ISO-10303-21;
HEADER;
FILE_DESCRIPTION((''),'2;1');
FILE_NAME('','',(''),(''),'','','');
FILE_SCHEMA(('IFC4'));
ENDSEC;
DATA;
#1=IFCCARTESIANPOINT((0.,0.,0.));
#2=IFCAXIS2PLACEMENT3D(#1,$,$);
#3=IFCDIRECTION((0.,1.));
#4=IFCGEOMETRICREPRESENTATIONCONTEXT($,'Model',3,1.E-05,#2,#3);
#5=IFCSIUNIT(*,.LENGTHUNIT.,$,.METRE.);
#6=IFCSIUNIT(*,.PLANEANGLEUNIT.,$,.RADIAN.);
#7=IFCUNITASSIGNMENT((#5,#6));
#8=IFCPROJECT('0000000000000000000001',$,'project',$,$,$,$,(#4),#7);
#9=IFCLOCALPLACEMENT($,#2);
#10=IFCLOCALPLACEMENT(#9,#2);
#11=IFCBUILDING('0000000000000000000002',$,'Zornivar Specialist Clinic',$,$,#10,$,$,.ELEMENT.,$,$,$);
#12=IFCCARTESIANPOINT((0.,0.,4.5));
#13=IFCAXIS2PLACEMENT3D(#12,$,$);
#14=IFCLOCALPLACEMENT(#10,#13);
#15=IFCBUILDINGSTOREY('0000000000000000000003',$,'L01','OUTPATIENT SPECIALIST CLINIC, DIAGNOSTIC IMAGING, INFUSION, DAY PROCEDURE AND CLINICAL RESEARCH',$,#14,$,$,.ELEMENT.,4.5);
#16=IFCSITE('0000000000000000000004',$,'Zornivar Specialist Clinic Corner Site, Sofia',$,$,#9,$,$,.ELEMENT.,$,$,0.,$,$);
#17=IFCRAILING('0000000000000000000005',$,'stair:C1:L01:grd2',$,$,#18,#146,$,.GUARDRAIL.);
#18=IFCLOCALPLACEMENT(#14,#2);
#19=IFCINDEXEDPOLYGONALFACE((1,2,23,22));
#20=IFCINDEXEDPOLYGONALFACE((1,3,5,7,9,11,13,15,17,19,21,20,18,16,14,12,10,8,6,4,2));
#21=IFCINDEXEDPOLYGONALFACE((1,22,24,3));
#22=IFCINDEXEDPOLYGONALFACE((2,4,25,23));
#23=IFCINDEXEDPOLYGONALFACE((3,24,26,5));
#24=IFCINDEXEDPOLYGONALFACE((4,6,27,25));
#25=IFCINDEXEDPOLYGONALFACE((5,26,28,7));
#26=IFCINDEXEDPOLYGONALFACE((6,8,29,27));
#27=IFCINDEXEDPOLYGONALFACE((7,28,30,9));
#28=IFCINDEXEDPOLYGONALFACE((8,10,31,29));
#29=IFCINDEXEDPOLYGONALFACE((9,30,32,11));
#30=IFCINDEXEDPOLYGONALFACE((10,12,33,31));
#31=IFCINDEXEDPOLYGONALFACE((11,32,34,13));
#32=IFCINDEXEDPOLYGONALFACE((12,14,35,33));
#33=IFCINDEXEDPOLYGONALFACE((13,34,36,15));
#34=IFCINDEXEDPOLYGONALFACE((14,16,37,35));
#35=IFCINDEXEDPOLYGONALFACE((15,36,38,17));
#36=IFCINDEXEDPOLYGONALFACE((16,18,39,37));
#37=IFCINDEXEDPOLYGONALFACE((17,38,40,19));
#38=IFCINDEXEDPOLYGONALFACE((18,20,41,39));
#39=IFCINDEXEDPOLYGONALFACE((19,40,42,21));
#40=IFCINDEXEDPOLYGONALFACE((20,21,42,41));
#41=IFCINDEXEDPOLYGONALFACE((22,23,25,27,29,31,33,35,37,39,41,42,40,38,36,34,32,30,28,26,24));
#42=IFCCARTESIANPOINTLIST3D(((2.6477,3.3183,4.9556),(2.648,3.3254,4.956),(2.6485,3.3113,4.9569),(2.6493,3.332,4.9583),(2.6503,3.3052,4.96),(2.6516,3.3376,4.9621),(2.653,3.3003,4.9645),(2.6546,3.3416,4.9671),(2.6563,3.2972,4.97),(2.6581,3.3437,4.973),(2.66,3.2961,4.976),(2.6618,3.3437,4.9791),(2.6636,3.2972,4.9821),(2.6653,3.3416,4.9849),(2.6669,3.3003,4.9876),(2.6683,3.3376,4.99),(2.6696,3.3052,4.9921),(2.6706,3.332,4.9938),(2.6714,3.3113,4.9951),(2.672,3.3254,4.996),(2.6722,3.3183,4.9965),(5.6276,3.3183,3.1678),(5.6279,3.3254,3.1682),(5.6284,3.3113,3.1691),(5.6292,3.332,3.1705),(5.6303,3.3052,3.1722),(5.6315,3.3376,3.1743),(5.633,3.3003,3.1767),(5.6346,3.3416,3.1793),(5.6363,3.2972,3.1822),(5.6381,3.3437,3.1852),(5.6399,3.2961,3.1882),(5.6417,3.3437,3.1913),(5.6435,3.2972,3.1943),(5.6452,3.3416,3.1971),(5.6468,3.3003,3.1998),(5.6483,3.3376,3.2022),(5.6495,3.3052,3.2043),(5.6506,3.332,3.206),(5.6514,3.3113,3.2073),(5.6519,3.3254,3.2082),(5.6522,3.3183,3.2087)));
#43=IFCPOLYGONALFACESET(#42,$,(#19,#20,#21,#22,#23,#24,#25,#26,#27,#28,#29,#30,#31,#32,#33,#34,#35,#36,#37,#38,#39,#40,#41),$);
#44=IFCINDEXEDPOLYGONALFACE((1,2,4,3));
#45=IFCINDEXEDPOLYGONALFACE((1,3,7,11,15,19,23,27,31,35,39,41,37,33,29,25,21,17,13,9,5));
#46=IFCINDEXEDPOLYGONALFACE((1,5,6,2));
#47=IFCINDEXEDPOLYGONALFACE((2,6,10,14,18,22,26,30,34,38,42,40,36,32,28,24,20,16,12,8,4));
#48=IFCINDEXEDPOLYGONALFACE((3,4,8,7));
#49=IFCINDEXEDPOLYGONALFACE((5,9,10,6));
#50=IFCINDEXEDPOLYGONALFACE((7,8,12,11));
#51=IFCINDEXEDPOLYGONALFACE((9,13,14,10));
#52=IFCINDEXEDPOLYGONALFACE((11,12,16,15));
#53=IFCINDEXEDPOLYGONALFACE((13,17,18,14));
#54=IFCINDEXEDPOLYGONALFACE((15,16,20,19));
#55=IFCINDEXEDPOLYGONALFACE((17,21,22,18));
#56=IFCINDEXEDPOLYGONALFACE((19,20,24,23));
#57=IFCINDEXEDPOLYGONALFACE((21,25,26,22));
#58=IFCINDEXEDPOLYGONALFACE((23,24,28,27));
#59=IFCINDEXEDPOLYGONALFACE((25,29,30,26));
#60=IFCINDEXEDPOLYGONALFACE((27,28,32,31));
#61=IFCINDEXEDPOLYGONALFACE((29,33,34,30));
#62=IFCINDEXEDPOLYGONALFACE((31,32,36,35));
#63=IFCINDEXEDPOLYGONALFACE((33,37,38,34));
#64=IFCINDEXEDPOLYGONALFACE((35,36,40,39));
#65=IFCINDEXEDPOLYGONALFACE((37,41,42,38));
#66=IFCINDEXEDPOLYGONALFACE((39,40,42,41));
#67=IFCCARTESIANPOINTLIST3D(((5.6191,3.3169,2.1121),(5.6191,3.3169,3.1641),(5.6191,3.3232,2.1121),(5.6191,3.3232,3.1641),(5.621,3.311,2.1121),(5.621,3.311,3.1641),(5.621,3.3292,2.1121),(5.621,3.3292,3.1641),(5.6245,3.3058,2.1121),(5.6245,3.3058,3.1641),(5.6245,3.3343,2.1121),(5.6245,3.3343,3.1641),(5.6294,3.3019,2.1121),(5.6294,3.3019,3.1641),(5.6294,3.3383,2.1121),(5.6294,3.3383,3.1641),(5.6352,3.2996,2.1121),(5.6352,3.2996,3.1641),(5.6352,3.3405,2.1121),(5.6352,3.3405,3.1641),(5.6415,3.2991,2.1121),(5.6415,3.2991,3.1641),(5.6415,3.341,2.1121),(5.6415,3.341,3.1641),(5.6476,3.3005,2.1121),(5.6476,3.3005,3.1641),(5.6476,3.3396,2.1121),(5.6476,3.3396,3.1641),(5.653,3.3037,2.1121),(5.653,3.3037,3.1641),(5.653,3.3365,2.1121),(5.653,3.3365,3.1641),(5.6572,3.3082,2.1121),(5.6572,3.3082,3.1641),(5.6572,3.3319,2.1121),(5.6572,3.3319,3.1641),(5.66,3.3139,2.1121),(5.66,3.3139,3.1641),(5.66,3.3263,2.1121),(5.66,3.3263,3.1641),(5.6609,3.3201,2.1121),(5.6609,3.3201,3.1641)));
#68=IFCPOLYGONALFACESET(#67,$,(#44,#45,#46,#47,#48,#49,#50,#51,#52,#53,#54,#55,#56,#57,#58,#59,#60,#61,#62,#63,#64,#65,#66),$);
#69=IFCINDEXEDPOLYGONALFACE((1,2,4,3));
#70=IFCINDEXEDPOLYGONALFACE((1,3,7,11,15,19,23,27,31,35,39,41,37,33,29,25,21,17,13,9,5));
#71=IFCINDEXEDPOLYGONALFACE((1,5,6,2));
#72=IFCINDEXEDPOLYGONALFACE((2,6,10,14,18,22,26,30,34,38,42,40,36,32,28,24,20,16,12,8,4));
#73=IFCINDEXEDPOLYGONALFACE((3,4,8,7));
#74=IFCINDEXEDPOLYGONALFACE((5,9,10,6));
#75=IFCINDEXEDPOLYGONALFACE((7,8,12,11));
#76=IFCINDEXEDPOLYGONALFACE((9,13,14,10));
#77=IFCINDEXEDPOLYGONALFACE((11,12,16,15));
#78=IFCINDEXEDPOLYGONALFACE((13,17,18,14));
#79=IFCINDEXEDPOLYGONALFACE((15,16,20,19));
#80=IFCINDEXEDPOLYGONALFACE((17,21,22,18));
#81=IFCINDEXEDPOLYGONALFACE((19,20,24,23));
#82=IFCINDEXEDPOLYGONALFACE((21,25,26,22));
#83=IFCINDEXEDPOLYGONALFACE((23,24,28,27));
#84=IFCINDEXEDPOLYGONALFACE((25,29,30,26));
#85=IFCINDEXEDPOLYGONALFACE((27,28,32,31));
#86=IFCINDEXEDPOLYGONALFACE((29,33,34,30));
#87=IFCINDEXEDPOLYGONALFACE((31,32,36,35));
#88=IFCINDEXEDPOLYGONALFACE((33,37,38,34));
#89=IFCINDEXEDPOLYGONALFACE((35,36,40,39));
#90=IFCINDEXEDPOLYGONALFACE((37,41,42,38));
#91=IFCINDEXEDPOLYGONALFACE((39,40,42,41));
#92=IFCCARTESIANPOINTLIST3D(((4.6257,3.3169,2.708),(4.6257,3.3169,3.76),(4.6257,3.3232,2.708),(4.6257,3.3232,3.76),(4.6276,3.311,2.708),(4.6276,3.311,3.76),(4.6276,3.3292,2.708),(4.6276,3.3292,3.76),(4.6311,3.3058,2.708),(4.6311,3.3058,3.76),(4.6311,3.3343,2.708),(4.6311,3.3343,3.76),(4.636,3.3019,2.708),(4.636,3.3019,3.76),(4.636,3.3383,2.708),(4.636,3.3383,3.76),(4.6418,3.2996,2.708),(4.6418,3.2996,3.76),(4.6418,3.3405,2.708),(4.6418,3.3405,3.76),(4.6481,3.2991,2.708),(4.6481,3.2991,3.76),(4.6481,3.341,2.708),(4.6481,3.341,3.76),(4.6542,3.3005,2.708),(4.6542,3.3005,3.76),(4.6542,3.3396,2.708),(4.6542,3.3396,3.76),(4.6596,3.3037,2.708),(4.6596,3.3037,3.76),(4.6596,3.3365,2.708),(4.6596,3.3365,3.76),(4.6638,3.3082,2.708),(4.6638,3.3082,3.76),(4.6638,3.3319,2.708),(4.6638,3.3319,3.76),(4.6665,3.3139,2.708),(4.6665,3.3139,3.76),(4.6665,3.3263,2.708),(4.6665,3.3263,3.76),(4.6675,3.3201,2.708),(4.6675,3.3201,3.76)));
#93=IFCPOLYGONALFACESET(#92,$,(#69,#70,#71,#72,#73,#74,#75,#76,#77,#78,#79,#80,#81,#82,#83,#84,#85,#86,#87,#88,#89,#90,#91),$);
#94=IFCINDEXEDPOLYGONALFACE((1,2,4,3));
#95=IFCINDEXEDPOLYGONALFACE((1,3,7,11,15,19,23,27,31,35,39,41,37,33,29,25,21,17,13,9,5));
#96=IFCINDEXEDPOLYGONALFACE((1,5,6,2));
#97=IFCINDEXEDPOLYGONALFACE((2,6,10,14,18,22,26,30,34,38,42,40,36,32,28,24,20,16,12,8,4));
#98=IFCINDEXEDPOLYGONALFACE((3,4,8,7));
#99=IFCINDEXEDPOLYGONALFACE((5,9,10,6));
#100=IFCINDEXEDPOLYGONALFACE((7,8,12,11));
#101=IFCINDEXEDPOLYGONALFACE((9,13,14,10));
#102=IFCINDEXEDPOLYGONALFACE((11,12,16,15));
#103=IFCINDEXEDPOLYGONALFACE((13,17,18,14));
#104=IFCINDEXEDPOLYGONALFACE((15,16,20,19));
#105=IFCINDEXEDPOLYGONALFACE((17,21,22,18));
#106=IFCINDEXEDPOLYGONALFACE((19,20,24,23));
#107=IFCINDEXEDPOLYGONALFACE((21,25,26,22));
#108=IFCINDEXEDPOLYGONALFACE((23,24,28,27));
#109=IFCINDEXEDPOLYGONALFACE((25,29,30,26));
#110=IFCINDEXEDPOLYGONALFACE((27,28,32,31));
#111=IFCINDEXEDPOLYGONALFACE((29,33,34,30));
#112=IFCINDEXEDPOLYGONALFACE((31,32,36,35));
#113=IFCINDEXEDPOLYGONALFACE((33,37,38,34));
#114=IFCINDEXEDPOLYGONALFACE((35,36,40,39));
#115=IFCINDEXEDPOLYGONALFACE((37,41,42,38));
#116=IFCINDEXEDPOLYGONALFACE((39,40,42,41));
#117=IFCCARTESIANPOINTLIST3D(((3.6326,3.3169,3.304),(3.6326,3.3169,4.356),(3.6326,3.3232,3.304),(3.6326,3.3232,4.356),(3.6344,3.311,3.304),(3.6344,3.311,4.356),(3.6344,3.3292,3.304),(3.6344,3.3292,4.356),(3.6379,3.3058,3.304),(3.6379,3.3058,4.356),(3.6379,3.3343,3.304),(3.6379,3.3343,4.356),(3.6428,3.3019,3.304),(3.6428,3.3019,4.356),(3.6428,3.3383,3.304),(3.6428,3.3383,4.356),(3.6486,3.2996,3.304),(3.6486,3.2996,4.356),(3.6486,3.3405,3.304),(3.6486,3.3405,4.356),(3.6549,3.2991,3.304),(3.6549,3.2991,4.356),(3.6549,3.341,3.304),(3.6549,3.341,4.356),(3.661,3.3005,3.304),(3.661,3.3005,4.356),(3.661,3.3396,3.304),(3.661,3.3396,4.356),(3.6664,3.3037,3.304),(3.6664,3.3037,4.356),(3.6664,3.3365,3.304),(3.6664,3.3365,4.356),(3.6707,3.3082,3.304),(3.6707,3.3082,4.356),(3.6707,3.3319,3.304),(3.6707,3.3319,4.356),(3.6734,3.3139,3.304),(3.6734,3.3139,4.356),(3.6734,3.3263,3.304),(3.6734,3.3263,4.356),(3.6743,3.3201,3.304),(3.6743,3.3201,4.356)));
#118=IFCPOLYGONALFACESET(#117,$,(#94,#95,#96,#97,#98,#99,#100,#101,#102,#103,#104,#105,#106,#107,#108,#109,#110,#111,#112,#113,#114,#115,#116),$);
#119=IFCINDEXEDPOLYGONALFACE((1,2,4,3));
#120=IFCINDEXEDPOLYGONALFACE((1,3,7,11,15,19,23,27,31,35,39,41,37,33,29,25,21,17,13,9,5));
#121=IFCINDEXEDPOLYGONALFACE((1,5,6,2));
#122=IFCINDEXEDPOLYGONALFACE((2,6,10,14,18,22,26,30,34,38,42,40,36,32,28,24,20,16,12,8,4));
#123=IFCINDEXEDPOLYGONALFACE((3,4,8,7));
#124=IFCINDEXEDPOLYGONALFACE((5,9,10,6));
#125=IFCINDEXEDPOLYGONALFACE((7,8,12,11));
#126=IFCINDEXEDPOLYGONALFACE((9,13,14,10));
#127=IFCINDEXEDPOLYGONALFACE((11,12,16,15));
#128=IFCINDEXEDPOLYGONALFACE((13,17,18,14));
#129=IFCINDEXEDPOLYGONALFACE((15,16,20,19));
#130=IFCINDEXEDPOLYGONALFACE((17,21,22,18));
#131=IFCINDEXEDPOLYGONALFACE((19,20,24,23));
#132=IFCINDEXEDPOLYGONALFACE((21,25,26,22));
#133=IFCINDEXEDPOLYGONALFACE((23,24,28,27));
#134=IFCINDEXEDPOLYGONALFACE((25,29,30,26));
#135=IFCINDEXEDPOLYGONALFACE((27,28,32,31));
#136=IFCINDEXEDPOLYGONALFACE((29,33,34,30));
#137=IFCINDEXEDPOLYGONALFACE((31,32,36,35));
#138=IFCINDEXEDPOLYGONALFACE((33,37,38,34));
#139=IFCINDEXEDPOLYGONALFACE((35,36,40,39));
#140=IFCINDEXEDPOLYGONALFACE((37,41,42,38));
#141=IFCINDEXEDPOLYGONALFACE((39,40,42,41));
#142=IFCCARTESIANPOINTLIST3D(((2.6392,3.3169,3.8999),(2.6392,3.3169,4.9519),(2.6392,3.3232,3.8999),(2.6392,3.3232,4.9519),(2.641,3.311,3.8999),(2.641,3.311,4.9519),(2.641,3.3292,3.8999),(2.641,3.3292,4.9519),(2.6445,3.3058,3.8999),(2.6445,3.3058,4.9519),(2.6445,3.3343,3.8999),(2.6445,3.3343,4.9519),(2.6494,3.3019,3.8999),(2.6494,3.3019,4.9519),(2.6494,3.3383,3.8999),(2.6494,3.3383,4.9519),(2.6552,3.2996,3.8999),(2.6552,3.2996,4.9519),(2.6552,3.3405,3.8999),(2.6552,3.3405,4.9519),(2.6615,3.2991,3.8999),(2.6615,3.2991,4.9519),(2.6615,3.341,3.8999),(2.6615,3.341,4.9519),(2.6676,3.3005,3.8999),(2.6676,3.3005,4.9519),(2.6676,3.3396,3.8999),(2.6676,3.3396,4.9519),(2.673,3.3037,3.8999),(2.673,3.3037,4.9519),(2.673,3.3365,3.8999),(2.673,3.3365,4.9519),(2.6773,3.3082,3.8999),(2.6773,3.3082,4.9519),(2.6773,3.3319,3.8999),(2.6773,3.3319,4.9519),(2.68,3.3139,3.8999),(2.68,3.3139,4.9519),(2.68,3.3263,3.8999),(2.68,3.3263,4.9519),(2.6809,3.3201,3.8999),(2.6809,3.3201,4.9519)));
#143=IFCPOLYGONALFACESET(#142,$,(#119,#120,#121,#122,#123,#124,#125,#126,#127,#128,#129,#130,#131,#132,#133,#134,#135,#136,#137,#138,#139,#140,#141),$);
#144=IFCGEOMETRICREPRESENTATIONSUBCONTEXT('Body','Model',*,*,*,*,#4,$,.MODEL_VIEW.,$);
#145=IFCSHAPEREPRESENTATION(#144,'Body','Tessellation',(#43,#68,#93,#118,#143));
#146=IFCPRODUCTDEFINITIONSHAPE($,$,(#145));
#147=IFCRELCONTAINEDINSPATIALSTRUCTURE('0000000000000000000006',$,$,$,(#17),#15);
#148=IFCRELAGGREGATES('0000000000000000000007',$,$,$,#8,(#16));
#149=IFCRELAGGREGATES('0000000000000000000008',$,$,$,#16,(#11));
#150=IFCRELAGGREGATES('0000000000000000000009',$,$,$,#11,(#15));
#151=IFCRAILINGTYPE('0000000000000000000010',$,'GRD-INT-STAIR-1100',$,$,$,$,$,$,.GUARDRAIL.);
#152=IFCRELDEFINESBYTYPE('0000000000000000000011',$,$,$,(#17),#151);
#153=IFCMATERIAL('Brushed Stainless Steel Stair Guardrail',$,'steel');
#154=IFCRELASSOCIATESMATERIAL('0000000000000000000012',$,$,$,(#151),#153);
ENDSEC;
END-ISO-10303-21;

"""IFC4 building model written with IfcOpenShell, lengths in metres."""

from ifc_helpers import new_model, si_unit, direction, frame, origin, origin_2d, place, context, subcontext, project, spatial, circle, extrude, material, type_object, element, save


model = new_model("IFC4")

# Units and contexts
model_context = context("Model", 3, precision=1e-05, world=origin(), true_north=direction((0.0, 1.0)))
body_context = subcontext(model_context, "Body", "Model", "MODEL_VIEW")
ifc_project = project(units=[si_unit("LENGTHUNIT", "METRE"), si_unit("PLANEANGLEUNIT", "RADIAN")], contexts=[model_context])

# Site, building, storey
site_placement = place(None, origin())
site = spatial("IfcSite", under=ifc_project, at=site_placement, Name="Zornivar Specialist Clinic Corner Site, Sofia", CompositionType="ELEMENT", RefElevation=0.0)
building_placement = place(site_placement, origin())
building = spatial("IfcBuilding", under=site, at=building_placement, Name="Zornivar Specialist Clinic", CompositionType="ELEMENT")
storey_placement = place(building_placement, frame((0.0, 0.0, 4.5)))
storey = spatial("IfcBuildingStorey", under=building, at=storey_placement, Name="L01", Description="OUTPATIENT SPECIALIST CLINIC, DIAGNOSTIC IMAGING, INFUSION, DAY PROCEDURE AND CLINICAL RESEARCH", CompositionType="ELEMENT", Elevation=4.5)

# Railing
ifc_material_1 = material(Name="Brushed Stainless Steel Stair Guardrail", Category="steel")
railing_type_1 = type_object("IfcRailingType", Name="GRD-INT-STAIR-1100", PredefinedType="GUARDRAIL", material=ifc_material_1)
railing_1_placement = place(storey_placement, frame((5.6399, 3.3201, 2.1121)))
element("IfcRailing", 1, at=railing_1_placement, inside=storey, type_object=railing_type_1, Name="stair:C1:L01:grd2", PredefinedType="GUARDRAIL", context=body_context, shape_type="SweptSolid", body=[
    extrude(circle(Radius=0.0239, at=origin_2d()), frame((0.0, 0.0, 1.0762), z_axis=(-0.857512, 0.0, 0.514465), x_axis=(0.0, -1.0, 0.0)), (0.0, 0.0, 1.0), 3.4751),
    extrude(circle(Radius=0.021, at=origin_2d()), origin(), (0.0, 0.0, 1.0), 1.052),
    extrude(circle(Radius=0.021, at=origin_2d()), frame((-0.9934, 0.0, 0.5959)), (0.0, 0.0, 1.0), 1.052),
    extrude(circle(Radius=0.021, at=origin_2d()), frame((-1.9866, 0.0, 1.1919)), (0.0, 0.0, 1.0), 1.052),
    extrude(circle(Radius=0.021, at=origin_2d()), frame((-2.98, 0.0, 1.7878)), (0.0, 0.0, 1.0), 1.052),
])

save(model, "model.ifc")
